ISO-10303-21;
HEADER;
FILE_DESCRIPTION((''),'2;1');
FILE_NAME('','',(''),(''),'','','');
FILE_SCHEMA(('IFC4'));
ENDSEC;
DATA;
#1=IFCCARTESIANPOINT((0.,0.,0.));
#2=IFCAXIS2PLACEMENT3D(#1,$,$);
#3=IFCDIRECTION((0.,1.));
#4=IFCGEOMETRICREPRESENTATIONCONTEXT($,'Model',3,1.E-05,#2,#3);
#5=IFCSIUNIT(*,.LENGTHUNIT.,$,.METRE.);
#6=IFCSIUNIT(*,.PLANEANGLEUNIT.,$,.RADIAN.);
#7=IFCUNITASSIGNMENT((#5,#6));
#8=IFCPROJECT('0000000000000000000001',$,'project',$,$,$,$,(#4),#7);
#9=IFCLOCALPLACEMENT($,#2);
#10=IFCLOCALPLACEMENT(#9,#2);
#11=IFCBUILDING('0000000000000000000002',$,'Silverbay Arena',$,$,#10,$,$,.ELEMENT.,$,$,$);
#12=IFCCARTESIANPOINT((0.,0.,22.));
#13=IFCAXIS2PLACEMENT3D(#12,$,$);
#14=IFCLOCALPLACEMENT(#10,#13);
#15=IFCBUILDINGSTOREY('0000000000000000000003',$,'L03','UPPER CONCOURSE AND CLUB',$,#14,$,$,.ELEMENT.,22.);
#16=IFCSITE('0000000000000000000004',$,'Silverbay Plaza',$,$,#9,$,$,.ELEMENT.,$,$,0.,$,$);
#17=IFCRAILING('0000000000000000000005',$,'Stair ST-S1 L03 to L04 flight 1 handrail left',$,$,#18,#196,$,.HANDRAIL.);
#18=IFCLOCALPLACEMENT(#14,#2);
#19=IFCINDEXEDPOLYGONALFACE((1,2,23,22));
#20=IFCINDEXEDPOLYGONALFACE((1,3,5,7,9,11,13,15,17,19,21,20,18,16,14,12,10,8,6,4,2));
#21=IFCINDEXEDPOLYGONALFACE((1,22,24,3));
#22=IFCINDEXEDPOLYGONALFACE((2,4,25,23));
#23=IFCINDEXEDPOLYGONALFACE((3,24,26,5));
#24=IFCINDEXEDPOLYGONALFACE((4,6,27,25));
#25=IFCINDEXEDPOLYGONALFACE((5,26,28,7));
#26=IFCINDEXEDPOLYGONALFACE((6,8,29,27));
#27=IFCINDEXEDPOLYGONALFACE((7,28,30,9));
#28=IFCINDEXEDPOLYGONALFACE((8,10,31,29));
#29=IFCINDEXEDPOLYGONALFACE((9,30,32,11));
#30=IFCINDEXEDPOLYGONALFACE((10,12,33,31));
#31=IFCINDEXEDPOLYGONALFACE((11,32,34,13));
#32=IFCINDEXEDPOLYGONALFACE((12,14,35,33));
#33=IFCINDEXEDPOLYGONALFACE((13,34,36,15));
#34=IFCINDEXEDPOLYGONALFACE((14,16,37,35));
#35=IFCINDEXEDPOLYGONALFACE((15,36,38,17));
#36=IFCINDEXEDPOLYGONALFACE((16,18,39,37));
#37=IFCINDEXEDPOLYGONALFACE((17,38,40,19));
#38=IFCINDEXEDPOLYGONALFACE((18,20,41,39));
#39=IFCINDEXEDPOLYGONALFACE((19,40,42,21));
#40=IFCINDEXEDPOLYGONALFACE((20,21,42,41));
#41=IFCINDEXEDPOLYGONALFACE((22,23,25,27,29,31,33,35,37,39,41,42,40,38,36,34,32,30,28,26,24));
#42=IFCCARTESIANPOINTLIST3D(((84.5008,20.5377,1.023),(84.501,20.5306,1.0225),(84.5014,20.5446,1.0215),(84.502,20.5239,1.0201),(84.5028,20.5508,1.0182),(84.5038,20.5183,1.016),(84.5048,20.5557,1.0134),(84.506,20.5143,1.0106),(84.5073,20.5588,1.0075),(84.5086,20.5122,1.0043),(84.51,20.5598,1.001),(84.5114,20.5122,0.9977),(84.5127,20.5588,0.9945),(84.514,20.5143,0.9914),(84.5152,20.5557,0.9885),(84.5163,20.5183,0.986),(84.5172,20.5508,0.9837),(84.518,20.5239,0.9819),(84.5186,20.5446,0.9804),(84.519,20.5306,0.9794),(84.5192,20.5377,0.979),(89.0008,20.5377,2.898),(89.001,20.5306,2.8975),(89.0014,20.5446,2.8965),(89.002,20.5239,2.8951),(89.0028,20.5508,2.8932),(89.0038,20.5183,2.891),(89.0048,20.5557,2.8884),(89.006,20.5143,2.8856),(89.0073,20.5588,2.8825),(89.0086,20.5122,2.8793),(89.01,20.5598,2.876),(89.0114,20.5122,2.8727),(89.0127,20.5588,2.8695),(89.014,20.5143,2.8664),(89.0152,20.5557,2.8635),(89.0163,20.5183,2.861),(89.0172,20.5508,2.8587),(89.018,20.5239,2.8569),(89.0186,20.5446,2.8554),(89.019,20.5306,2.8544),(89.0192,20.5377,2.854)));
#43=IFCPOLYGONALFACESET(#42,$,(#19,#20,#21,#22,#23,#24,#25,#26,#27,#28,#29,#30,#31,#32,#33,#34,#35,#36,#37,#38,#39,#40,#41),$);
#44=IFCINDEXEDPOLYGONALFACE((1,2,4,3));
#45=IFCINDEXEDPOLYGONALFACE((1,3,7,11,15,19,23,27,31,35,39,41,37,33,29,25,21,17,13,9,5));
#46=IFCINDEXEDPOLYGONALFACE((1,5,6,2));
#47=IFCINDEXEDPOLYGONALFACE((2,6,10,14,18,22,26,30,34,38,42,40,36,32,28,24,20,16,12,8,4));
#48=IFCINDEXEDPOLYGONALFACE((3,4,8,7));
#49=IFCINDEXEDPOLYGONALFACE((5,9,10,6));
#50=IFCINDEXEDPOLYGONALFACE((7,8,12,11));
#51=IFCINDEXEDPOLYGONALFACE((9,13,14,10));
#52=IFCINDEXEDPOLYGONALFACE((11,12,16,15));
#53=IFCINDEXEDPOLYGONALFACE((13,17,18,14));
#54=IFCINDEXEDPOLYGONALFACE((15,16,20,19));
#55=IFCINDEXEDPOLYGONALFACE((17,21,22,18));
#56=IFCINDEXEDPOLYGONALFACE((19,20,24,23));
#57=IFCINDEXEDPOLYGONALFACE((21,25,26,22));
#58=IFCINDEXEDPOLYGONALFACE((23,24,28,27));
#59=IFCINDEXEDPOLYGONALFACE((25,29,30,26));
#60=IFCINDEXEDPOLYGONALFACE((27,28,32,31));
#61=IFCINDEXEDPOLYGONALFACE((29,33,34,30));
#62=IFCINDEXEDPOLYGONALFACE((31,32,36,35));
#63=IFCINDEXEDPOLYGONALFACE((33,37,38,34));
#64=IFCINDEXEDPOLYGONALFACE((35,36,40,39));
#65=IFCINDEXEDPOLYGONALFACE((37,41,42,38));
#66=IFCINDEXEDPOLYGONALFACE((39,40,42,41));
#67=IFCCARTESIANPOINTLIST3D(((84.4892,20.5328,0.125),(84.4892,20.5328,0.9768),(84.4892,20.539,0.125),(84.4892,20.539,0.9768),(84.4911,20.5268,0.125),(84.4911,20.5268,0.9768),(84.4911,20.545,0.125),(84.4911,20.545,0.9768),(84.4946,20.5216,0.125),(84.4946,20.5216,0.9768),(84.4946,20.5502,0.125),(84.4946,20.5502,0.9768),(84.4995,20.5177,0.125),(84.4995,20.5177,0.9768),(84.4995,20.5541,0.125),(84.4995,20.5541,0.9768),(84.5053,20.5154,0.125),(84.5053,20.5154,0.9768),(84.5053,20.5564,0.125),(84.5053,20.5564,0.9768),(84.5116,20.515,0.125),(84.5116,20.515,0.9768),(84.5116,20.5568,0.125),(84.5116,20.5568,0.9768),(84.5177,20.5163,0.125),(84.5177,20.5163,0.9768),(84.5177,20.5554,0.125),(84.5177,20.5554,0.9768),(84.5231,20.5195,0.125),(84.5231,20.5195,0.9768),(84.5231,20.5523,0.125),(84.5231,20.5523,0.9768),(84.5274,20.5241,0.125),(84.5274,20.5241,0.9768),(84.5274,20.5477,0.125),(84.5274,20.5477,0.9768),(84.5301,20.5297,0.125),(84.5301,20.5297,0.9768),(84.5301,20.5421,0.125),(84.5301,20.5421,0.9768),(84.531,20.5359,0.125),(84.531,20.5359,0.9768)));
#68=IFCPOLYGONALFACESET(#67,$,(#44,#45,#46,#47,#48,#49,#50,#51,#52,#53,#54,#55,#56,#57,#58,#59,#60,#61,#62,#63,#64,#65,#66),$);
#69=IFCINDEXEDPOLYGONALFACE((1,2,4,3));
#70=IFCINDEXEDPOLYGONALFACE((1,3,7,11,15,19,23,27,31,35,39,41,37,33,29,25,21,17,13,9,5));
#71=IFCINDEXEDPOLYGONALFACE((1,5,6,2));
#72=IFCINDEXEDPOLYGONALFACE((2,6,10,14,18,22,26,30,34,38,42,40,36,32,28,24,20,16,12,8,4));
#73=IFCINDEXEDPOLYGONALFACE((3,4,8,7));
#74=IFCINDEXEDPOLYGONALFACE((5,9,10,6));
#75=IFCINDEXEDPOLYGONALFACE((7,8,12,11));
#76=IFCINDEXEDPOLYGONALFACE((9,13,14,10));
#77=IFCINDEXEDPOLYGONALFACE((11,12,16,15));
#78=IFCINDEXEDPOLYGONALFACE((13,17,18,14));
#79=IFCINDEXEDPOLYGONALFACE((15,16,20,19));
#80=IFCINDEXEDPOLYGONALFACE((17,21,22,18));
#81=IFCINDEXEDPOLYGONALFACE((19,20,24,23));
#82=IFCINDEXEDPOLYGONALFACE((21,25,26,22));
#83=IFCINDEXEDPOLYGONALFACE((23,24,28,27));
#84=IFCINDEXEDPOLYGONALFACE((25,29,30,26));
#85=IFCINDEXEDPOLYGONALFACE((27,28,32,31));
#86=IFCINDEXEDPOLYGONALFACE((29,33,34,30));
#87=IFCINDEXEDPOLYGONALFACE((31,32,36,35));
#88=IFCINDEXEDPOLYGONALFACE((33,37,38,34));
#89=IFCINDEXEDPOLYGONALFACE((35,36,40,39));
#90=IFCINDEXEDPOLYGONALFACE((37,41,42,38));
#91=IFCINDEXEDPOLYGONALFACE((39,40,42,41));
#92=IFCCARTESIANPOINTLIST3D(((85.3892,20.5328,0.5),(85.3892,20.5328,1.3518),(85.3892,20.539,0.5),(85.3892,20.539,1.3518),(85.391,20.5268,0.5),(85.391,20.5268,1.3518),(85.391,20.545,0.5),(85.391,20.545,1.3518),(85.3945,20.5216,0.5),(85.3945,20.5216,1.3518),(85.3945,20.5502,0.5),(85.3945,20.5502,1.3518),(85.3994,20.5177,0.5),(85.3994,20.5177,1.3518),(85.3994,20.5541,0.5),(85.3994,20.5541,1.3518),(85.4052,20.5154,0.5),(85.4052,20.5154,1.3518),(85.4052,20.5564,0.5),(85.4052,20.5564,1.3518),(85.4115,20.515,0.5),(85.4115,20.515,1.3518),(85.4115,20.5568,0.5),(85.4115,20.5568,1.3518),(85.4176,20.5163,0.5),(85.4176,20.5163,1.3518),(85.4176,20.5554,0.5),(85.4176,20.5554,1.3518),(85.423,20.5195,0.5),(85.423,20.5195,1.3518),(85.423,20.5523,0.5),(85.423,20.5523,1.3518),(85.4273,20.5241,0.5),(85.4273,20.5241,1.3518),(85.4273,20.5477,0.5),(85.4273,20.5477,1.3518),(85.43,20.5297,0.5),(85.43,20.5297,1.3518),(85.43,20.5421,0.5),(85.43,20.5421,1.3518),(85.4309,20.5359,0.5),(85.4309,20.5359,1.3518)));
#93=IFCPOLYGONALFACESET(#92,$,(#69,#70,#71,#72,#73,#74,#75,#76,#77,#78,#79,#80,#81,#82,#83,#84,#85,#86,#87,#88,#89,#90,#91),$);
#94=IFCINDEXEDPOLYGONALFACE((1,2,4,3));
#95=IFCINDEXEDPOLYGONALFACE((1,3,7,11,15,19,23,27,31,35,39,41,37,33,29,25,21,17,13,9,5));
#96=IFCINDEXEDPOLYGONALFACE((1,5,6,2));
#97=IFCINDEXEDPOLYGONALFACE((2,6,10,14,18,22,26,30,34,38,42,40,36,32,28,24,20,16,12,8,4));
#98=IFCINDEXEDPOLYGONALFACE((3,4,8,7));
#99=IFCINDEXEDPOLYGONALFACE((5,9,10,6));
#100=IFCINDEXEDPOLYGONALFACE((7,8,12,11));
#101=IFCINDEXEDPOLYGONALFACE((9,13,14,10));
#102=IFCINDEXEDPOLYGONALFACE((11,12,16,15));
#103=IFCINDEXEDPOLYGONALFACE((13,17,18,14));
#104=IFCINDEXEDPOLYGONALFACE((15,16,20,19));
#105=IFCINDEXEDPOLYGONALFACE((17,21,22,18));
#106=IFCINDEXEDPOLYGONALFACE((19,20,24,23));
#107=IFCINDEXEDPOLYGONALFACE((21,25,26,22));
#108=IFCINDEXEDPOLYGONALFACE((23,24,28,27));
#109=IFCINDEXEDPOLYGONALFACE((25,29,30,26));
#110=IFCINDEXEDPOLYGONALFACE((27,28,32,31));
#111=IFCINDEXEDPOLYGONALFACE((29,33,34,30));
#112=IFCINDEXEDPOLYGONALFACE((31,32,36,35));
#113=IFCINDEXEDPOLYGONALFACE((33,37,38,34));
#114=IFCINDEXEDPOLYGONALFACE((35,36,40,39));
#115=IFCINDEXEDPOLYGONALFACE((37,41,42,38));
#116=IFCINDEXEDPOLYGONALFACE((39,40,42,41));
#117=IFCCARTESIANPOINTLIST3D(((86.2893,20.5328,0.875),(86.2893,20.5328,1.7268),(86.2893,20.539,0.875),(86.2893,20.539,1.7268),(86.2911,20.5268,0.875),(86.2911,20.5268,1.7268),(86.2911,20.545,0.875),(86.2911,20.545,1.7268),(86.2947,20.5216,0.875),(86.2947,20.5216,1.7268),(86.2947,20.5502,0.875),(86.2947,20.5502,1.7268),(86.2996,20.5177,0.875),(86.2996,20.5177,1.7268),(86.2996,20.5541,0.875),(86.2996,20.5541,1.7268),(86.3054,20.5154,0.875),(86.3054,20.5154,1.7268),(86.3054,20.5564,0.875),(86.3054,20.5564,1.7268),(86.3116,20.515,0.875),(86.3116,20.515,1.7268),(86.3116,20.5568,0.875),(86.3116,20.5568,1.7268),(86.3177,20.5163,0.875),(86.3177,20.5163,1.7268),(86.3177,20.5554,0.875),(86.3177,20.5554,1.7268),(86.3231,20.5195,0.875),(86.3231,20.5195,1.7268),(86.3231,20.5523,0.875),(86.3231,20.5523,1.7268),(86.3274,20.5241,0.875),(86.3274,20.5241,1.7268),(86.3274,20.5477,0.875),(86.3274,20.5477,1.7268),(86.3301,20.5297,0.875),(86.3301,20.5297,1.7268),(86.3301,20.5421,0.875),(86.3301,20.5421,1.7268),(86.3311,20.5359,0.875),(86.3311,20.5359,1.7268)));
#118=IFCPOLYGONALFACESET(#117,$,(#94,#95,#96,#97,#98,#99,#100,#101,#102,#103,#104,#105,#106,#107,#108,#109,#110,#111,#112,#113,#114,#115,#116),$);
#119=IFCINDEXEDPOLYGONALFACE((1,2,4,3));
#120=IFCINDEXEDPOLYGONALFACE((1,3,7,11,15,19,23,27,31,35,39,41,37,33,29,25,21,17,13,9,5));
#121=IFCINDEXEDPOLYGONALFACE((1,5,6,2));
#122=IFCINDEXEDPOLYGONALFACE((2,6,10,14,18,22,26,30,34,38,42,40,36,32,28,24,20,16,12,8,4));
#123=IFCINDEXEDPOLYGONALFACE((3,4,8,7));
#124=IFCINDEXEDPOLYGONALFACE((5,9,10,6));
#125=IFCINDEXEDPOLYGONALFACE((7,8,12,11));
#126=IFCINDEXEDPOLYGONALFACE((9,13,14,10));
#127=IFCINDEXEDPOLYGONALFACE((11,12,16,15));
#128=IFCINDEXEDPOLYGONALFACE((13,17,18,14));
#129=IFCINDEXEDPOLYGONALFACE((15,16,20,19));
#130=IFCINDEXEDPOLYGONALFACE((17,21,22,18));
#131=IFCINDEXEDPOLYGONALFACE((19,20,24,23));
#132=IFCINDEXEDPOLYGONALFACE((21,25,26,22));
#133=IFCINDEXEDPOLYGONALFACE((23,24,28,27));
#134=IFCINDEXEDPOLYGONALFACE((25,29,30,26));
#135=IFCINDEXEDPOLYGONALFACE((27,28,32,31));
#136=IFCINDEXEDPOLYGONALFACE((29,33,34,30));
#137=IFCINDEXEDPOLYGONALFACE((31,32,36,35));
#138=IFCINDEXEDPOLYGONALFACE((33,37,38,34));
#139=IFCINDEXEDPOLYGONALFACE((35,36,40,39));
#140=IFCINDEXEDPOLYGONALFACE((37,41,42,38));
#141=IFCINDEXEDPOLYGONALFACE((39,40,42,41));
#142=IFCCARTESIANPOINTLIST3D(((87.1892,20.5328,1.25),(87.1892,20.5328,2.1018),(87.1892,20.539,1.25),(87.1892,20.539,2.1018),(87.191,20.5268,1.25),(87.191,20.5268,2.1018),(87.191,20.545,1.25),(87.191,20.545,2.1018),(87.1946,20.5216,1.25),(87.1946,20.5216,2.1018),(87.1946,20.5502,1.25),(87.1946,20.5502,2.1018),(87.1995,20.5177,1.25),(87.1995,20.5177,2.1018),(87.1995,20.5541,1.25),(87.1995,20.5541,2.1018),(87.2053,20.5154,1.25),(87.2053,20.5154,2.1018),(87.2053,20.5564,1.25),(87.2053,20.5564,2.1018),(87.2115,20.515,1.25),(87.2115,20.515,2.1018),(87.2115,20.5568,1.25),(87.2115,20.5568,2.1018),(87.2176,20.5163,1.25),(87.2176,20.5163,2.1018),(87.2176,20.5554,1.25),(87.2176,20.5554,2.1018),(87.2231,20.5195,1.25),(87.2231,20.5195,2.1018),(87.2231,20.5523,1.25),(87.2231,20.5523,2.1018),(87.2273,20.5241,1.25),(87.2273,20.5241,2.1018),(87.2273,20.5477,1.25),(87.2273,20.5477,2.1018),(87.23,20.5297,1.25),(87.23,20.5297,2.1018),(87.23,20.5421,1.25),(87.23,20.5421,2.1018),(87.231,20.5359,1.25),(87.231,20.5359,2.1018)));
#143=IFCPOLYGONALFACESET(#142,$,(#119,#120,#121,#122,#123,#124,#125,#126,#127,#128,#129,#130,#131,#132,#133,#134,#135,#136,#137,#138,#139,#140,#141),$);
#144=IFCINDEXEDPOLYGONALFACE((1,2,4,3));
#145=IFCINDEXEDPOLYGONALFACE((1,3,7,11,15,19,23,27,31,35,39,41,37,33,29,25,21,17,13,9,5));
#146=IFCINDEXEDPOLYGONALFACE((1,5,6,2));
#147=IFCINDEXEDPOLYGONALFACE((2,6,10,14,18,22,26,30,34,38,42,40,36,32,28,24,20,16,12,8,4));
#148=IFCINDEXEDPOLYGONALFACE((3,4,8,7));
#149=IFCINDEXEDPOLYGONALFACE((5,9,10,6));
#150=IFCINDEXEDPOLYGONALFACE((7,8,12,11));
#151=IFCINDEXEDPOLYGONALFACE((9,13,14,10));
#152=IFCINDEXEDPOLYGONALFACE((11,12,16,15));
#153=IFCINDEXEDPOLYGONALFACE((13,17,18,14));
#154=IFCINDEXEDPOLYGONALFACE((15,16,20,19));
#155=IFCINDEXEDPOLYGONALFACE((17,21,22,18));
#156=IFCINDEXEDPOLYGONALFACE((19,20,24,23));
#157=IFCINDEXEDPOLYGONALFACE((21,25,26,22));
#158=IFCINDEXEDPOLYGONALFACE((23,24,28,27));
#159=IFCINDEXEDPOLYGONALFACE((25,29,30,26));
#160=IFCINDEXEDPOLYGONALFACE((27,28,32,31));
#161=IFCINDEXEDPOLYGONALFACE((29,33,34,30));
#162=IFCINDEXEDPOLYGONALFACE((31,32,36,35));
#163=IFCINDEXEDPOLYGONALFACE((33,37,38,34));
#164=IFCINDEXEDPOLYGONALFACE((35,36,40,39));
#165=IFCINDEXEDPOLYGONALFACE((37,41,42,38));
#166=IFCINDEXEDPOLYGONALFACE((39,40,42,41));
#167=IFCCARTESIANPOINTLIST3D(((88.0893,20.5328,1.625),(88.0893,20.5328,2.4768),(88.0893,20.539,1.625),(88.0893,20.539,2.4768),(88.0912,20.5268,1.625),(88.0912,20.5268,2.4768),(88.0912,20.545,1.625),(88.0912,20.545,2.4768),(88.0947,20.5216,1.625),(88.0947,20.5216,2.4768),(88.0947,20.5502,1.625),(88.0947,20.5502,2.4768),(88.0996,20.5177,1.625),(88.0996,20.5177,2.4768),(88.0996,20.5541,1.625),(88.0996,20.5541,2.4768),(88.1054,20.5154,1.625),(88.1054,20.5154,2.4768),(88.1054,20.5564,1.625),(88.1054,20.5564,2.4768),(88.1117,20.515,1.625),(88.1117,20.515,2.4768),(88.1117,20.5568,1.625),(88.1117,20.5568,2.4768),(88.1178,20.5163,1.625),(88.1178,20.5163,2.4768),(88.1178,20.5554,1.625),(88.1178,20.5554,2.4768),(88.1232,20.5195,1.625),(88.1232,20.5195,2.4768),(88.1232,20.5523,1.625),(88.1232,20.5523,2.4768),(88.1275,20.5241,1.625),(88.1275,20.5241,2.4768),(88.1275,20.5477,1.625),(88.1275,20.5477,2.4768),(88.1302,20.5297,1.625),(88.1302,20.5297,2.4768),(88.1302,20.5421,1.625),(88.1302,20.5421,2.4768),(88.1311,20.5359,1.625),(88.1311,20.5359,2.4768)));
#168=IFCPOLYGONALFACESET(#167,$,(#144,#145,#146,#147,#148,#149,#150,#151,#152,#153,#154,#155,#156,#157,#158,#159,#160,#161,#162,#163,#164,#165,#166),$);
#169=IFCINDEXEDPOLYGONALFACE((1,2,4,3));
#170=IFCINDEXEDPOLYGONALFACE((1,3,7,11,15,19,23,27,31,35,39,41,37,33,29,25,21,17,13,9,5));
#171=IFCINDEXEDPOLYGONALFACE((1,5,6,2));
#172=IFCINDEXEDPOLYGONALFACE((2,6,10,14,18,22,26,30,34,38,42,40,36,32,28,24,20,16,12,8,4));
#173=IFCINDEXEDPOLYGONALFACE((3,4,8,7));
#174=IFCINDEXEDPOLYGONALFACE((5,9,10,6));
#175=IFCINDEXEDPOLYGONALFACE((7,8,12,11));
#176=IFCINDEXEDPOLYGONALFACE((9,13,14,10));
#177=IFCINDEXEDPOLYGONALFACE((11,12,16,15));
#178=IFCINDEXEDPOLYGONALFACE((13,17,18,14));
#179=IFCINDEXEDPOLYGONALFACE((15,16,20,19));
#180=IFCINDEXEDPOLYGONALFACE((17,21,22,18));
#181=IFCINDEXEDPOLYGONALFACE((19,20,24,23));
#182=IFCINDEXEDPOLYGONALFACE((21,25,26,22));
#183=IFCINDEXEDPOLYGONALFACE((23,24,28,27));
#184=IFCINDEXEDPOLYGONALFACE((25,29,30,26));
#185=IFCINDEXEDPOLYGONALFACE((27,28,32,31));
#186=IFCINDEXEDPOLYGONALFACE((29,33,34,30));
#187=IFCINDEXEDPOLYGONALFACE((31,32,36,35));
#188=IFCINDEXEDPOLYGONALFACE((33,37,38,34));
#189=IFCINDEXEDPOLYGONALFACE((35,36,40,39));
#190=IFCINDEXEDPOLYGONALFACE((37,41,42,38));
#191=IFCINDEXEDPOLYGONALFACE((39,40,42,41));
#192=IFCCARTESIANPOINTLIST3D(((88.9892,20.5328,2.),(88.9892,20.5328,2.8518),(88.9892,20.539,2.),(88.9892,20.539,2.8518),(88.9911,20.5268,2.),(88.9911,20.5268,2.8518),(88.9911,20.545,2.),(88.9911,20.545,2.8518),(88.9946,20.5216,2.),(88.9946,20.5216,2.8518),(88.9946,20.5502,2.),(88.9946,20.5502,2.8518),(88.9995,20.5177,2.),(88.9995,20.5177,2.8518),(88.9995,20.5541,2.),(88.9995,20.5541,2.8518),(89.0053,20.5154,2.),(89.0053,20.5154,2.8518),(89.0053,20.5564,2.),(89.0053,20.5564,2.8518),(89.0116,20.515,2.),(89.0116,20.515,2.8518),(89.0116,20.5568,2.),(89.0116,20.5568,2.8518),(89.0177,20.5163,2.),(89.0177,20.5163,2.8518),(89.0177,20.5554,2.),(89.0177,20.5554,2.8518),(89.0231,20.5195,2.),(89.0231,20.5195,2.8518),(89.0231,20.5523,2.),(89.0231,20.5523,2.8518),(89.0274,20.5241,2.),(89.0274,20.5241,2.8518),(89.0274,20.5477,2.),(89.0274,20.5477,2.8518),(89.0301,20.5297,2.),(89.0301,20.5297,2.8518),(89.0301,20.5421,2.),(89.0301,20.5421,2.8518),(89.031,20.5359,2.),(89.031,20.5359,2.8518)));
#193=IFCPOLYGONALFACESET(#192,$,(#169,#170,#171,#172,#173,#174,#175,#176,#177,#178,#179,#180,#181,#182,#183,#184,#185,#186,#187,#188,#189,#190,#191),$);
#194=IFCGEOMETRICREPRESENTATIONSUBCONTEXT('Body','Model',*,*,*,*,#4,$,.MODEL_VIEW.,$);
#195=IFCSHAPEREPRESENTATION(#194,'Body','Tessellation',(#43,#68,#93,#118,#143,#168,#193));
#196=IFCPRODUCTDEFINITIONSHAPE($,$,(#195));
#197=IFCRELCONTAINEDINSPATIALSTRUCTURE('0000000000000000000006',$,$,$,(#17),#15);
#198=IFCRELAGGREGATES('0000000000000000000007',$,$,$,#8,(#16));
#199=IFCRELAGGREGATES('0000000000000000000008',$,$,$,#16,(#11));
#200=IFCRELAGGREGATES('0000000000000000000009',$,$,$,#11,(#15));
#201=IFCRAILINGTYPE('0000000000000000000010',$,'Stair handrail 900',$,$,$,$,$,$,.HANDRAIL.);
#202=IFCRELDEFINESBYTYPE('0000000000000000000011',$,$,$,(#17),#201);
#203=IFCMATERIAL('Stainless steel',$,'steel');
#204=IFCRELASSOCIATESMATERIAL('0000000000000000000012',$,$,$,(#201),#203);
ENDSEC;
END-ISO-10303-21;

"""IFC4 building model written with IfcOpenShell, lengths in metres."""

from ifc_helpers import new_model, si_unit, direction, frame, origin, origin_2d, place, context, subcontext, project, spatial, circle, extrude, material, type_object, element, save


model = new_model("IFC4")

# Units and contexts
model_context = context("Model", 3, precision=1e-05, world=origin(), true_north=direction((0.0, 1.0)))
body_context = subcontext(model_context, "Body", "Model", "MODEL_VIEW")
ifc_project = project(units=[si_unit("LENGTHUNIT", "METRE"), si_unit("PLANEANGLEUNIT", "RADIAN")], contexts=[model_context])

# Site, building, storey
site_placement = place(None, origin())
site = spatial("IfcSite", under=ifc_project, at=site_placement, Name="Silverbay Plaza", CompositionType="ELEMENT", RefElevation=0.0)
building_placement = place(site_placement, origin())
building = spatial("IfcBuilding", under=site, at=building_placement, Name="Silverbay Arena", CompositionType="ELEMENT")
storey_placement = place(building_placement, frame((0.0, 0.0, 22.0)))
storey = spatial("IfcBuildingStorey", under=building, at=storey_placement, Name="L03", Description="UPPER CONCOURSE AND CLUB", CompositionType="ELEMENT", Elevation=22.0)

# Railing
ifc_material_1 = material(Name="Stainless steel", Category="steel")
railing_type_1 = type_object("IfcRailingType", Name="Stair handrail 900", PredefinedType="HANDRAIL", material=ifc_material_1)
for number, where, name in (
    (1, (84.51, 20.5359, 0.125), "Stair ST-S1 L03 to L04 flight 1 handrail left"),
):
    element("IfcRailing", number, at=place(storey_placement, frame(where)), inside=storey, type_object=railing_type_1, Name=name, PredefinedType="HANDRAIL", context=body_context, shape_type="SweptSolid", body=[
        extrude(circle(Radius=0.0239, at=origin_2d()), frame((0.0, 0.0, 0.876), z_axis=(0.923077, 0.0, 0.384615), x_axis=(0.0, 1.0, 0.0)), (0.0, 0.0, 1.0), 4.875),
        extrude(circle(Radius=0.021, at=origin_2d()), origin(), (0.0, 0.0, 1.0), 0.8518),
        extrude(circle(Radius=0.021, at=origin_2d()), frame((0.8999, 0.0, 0.375)), (0.0, 0.0, 1.0), 0.8518),
        extrude(circle(Radius=0.021, at=origin_2d()), frame((1.8, 0.0, 0.75)), (0.0, 0.0, 1.0), 0.8518),
        extrude(circle(Radius=0.021, at=origin_2d()), frame((2.7, 0.0, 1.125)), (0.0, 0.0, 1.0), 0.8518),
        extrude(circle(Radius=0.021, at=origin_2d()), frame((3.6001, 0.0, 1.5)), (0.0, 0.0, 1.0), 0.8518),
        extrude(circle(Radius=0.021, at=origin_2d()), frame((4.5, 0.0, 1.875)), (0.0, 0.0, 1.0), 0.8518),
    ])

save(model, "model.ifc")
